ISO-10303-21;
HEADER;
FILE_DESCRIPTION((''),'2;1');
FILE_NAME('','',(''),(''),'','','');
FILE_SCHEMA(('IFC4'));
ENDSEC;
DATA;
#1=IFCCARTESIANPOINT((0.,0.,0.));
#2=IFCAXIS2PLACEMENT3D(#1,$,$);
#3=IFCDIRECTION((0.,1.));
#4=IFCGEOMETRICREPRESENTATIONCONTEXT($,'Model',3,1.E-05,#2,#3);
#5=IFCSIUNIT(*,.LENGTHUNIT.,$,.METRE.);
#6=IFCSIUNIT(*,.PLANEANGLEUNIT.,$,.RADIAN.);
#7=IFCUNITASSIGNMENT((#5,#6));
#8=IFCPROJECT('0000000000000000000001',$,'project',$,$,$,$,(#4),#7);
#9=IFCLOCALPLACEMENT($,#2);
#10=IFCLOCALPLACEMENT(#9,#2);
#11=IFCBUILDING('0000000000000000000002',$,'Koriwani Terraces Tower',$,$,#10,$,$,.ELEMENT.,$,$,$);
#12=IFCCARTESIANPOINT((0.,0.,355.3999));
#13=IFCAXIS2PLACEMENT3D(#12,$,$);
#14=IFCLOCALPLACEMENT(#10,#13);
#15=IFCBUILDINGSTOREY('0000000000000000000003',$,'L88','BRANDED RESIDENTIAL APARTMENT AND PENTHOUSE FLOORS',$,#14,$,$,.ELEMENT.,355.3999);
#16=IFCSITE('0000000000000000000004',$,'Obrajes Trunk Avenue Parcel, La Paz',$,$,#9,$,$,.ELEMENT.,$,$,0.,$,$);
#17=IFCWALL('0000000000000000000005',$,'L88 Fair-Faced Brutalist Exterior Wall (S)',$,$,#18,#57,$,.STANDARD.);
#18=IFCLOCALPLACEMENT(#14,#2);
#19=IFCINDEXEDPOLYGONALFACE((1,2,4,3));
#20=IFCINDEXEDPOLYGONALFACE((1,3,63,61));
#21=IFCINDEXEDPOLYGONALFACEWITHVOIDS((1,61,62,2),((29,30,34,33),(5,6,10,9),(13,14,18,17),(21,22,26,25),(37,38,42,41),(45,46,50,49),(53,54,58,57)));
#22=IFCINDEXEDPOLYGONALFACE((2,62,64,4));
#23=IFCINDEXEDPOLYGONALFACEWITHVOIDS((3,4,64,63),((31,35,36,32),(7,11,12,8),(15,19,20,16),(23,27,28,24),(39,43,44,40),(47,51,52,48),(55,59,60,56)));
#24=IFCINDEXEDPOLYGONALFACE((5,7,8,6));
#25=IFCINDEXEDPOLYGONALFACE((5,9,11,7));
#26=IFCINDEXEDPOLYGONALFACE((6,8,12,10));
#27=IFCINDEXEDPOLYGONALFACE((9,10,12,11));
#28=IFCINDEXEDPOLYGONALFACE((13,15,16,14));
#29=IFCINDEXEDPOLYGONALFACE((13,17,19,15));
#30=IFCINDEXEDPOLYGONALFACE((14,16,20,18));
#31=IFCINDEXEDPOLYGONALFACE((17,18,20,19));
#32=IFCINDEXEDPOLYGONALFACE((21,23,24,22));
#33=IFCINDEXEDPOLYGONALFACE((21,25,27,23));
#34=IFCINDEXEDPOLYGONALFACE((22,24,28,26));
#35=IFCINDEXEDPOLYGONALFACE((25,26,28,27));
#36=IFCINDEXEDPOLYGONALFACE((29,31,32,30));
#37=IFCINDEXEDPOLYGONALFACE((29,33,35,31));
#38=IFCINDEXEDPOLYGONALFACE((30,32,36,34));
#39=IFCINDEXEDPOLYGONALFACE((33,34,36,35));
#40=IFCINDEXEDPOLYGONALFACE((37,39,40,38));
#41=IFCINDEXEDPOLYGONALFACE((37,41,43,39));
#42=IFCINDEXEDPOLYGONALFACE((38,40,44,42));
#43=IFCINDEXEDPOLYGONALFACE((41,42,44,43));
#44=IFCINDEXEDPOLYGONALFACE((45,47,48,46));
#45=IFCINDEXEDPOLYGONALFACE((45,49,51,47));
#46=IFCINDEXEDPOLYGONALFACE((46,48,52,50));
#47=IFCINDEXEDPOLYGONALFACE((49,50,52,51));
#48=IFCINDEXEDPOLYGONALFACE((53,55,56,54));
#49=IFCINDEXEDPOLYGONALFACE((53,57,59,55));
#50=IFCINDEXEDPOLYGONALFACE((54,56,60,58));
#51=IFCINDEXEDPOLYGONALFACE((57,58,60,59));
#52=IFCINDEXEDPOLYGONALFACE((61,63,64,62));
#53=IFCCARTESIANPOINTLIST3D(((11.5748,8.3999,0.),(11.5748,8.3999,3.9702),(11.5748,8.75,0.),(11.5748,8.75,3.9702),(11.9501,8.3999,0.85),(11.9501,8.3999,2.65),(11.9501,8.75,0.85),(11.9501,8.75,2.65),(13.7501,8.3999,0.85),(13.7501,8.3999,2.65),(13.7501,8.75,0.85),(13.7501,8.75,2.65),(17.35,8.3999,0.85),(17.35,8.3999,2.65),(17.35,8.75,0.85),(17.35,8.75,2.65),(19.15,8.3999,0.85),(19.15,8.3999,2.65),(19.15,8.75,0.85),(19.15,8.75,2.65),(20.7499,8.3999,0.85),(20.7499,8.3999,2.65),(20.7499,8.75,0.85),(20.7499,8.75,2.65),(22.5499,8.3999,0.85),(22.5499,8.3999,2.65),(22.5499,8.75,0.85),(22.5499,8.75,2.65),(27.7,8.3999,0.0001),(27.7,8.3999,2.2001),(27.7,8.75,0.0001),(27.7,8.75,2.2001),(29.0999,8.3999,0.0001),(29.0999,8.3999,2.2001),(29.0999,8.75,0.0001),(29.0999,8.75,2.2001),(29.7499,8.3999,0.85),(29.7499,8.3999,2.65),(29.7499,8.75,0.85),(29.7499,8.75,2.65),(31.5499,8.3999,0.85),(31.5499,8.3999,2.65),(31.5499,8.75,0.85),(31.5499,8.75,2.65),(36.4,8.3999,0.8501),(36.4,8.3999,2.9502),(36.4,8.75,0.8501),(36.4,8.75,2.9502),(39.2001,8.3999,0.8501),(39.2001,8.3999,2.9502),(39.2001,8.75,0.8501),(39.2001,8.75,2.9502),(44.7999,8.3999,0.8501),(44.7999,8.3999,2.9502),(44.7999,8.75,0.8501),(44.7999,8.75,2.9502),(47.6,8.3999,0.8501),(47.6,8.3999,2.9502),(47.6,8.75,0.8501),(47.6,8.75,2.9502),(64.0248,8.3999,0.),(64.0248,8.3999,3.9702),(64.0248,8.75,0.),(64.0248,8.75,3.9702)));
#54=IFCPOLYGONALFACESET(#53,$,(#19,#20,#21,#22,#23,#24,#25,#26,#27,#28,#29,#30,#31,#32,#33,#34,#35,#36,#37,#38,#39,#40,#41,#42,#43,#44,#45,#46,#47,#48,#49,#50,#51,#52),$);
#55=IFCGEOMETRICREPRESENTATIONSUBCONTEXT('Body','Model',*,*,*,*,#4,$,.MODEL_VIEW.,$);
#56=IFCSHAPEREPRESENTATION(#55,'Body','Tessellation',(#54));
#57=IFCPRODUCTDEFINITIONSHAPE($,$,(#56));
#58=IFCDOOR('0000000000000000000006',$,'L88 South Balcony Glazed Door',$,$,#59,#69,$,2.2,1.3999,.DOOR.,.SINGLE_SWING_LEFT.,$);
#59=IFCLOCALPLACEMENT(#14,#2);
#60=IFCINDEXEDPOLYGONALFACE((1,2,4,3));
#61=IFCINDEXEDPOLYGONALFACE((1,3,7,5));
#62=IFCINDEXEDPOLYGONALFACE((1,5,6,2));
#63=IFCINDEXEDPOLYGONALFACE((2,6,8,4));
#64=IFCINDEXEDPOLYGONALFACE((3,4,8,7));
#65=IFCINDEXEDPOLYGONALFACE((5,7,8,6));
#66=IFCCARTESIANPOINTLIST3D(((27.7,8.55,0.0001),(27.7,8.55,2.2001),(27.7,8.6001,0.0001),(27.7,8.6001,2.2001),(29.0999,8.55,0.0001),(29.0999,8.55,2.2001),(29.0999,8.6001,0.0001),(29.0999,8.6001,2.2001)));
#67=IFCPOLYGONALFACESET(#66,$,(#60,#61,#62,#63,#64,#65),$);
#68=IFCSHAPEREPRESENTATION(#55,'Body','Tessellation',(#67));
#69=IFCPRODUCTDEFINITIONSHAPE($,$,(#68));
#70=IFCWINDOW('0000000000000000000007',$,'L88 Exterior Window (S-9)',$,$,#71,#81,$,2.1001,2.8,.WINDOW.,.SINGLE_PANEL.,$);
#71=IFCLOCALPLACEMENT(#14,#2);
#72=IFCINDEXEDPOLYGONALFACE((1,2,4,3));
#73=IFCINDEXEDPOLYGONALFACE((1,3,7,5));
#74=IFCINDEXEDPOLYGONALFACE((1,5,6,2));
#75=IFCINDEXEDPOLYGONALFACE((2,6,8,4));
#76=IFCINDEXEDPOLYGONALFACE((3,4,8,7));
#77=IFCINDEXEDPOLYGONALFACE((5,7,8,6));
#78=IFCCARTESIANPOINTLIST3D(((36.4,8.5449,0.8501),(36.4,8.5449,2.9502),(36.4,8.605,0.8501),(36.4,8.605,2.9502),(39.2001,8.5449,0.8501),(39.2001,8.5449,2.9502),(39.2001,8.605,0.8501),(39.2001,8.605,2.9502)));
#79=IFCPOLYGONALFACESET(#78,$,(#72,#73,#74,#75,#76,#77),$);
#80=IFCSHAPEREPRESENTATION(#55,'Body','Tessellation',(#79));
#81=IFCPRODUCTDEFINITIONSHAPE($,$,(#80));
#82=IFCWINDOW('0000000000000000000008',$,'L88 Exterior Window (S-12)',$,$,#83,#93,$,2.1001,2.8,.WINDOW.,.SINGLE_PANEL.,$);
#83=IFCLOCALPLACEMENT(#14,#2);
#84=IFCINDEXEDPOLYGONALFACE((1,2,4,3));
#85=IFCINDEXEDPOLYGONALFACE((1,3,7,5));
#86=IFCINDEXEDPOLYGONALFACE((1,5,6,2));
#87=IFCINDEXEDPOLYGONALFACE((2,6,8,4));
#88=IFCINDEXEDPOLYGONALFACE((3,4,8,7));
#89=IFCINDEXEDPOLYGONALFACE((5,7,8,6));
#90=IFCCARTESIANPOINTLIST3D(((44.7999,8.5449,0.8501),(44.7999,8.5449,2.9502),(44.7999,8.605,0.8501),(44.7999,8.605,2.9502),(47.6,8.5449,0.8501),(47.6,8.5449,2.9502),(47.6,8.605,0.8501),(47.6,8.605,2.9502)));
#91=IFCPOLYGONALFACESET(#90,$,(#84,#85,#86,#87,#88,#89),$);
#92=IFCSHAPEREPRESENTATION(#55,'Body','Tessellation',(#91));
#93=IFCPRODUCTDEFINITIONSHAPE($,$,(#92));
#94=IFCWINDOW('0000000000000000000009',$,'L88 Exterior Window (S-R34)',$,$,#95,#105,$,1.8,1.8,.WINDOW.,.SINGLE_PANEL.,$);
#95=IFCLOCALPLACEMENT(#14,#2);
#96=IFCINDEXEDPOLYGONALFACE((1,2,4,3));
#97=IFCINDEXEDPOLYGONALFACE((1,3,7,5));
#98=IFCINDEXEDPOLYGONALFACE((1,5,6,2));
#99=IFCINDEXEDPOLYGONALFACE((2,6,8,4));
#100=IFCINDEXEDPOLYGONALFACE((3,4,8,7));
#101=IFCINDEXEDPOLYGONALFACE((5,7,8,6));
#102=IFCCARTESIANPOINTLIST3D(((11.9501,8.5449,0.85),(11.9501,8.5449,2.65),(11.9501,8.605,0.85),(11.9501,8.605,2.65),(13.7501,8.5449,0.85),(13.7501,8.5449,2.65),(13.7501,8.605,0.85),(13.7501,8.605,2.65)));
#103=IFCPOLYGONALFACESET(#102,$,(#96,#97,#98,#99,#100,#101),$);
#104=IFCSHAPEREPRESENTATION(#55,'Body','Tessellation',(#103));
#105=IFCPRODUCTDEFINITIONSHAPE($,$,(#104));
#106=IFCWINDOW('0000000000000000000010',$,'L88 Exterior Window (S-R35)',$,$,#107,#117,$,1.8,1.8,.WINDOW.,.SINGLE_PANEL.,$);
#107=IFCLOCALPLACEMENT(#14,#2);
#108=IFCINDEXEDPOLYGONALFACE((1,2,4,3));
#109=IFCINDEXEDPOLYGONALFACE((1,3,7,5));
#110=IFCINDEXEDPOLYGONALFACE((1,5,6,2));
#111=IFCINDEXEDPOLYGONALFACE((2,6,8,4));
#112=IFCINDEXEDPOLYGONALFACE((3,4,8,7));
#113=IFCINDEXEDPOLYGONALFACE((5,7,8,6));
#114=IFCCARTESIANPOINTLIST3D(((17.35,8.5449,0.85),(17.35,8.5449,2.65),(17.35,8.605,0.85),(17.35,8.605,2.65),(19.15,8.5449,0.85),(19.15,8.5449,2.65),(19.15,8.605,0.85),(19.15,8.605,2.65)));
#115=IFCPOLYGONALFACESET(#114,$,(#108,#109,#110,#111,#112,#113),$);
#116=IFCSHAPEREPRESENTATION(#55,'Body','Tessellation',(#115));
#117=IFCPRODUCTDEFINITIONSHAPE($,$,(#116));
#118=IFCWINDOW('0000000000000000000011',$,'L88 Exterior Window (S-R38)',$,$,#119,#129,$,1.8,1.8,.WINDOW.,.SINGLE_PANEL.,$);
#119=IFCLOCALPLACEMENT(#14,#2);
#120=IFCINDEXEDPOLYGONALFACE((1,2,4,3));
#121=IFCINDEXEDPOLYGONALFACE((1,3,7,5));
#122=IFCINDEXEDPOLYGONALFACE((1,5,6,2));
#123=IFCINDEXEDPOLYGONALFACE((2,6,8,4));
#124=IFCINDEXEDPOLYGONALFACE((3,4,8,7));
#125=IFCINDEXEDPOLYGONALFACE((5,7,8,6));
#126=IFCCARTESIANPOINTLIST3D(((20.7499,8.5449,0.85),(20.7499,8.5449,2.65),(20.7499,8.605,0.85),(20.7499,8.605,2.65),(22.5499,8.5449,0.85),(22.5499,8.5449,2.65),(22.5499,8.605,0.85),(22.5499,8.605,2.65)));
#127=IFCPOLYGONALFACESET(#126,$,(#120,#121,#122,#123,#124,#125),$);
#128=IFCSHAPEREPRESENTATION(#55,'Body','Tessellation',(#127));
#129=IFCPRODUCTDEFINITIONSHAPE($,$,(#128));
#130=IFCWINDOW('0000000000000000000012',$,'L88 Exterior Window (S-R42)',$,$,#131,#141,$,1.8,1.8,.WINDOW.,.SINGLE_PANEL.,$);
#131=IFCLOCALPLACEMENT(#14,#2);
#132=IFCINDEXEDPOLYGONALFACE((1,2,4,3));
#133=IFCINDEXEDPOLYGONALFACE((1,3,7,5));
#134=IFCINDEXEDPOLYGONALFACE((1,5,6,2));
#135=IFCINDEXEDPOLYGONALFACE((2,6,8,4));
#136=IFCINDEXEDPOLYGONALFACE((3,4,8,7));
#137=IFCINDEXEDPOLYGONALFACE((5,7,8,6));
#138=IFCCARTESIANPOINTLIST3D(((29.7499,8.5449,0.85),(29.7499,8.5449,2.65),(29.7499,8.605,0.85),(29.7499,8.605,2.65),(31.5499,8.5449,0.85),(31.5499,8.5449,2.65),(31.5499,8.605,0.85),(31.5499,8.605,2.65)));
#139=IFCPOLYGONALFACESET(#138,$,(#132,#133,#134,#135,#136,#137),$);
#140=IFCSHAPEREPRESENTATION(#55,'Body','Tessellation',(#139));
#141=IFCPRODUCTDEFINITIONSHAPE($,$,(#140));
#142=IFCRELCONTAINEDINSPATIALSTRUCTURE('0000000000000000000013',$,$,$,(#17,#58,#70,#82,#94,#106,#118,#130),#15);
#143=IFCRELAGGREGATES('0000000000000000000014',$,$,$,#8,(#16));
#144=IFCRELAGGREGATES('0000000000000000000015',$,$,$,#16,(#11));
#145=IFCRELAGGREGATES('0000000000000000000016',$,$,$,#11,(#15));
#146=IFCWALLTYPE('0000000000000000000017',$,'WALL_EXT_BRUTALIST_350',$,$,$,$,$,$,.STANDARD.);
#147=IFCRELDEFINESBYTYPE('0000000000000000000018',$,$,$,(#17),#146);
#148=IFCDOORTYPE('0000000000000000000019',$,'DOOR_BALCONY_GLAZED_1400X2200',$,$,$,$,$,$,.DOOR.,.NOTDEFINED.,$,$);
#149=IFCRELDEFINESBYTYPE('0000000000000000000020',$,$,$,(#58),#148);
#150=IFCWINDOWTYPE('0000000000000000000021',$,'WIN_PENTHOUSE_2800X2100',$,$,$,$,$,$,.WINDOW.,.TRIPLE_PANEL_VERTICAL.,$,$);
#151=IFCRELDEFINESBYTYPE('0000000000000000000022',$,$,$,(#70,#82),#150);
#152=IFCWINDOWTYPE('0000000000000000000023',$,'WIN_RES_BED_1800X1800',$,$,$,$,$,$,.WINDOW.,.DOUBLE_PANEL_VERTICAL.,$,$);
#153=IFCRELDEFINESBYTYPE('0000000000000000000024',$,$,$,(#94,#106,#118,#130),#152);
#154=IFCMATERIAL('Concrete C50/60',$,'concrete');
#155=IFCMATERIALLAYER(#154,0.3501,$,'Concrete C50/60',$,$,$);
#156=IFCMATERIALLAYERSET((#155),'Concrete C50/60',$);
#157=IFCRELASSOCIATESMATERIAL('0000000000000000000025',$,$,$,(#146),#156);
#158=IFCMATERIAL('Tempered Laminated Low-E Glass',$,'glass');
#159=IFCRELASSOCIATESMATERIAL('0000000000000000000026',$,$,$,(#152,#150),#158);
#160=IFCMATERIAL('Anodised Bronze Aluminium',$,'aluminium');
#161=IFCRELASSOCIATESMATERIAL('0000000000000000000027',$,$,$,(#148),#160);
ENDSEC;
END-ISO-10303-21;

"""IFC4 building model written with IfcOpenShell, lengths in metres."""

from ifc_helpers import new_model, si_unit, direction, frame, frame_2d, origin, place, context, subcontext, project, spatial, rectangle, extrude, material, layer, layer_set, type_object, element, fill, save


model = new_model("IFC4")

# Units and contexts
model_context = context("Model", 3, precision=1e-05, world=origin(), true_north=direction((0.0, 1.0)))
body_context = subcontext(model_context, "Body", "Model", "MODEL_VIEW")
ifc_project = project(units=[si_unit("LENGTHUNIT", "METRE"), si_unit("PLANEANGLEUNIT", "RADIAN")], contexts=[model_context])

# Site, building, storey
site_placement = place(None, origin())
site = spatial("IfcSite", under=ifc_project, at=site_placement, Name="Obrajes Trunk Avenue Parcel, La Paz", CompositionType="ELEMENT", RefElevation=0.0)
building_placement = place(site_placement, origin())
building = spatial("IfcBuilding", under=site, at=building_placement, Name="Koriwani Terraces Tower", CompositionType="ELEMENT")
storey_placement = place(building_placement, frame((0.0, 0.0, 355.3999)))
storey = spatial("IfcBuildingStorey", under=building, at=storey_placement, Name="L88", Description="BRANDED RESIDENTIAL APARTMENT AND PENTHOUSE FLOORS", CompositionType="ELEMENT", Elevation=355.3999)

# Shared definitions
ifc_material_1 = material(Name="Concrete C50/60", Category="concrete")

# Shared definitions
ifc_material_2 = material(Name="Anodised Bronze Aluminium", Category="aluminium")

# Shared definitions
ifc_material_3 = material(Name="Tempered Laminated Low-E Glass", Category="glass")

# Shared definitions
ifc_layer_1 = layer(ifc_material_1, 0.3501, Name="Concrete C50/60")
ifc_layer_set_1 = layer_set([ifc_layer_1], Name="Concrete C50/60")
wall_type_1 = type_object("IfcWallType", Name="WALL_EXT_BRUTALIST_350", PredefinedType="STANDARD", material=ifc_layer_set_1)
window_type_1 = type_object("IfcWindowType", Name="WIN_RES_BED_1800X1800", PartitioningType="DOUBLE_PANEL_VERTICAL", PredefinedType="WINDOW", material=ifc_material_3)

# Wall, openings, door, windows
wall_1_placement = place(storey_placement, frame((64.0249, 8.575, 0.0), z_axis=(0.0, 0.0, 1.0), x_axis=(-1.0, 0.0, 0.0)))
wall_1 = element("IfcWall", 1, at=wall_1_placement, inside=storey, type_object=wall_type_1, Name="L88 Fair-Faced Brutalist Exterior Wall (S)", PredefinedType="STANDARD", context=body_context, shape_type="SweptSolid", body=[
    extrude(rectangle(XDim=52.45, YDim=0.3501, at=frame_2d((26.2251, 0.0))), origin(), (0.0, 0.0, 1.0), 3.9702),
])
opening_1_placement = place(wall_1_placement, frame((34.925, 0.0, 0.0)))
opening_1 = element("IfcOpeningElement", 2, at=opening_1_placement, cuts=wall_1, PredefinedType="OPENING", context=body_context, shape_type="SweptSolid", body=[
    extrude(rectangle(XDim=1.3999, YDim=2.2, at=frame_2d((0.7, 1.1001))), frame((0.0, 0.1851, 0.0), z_axis=(0.0, -1.0, 0.0), x_axis=(1.0, 0.0, 0.0)), (0.0, 0.0, 1.0), 0.3701),
])
opening_2_placement = place(wall_1_placement, frame((24.825, 0.0, 0.8501)))
opening_2 = element("IfcOpeningElement", 3, at=opening_2_placement, cuts=wall_1, PredefinedType="OPENING", context=body_context, shape_type="SweptSolid", body=[
    extrude(rectangle(XDim=2.8, YDim=2.1001, at=frame_2d((1.3999, 1.05))), frame((0.0, 0.1851, 0.0), z_axis=(0.0, -1.0, 0.0), x_axis=(1.0, 0.0, 0.0)), (0.0, 0.0, 1.0), 0.3701),
])
opening_3_placement = place(wall_1_placement, frame((16.425, 0.0, 0.8501)))
opening_3 = element("IfcOpeningElement", 4, at=opening_3_placement, cuts=wall_1, PredefinedType="OPENING", context=body_context, shape_type="SweptSolid", body=[
    extrude(rectangle(XDim=2.8, YDim=2.1001, at=frame_2d((1.3999, 1.05))), frame((0.0, 0.1851, 0.0), z_axis=(0.0, -1.0, 0.0), x_axis=(1.0, 0.0, 0.0)), (0.0, 0.0, 1.0), 0.3701),
])
opening_4_placement = place(wall_1_placement, frame((50.2749, 0.0, 0.8501)))
opening_4 = element("IfcOpeningElement", 5, at=opening_4_placement, cuts=wall_1, PredefinedType="OPENING", context=body_context, shape_type="SweptSolid", body=[
    extrude(rectangle(XDim=1.8, YDim=1.8, at=frame_2d((0.8999, 0.8999))), frame((0.0, 0.1851, 0.0), z_axis=(0.0, -1.0, 0.0), x_axis=(1.0, 0.0, 0.0)), (0.0, 0.0, 1.0), 0.3701),
])
opening_5_placement = place(wall_1_placement, frame((44.875, 0.0, 0.8501)))
opening_5 = element("IfcOpeningElement", 6, at=opening_5_placement, cuts=wall_1, PredefinedType="OPENING", context=body_context, shape_type="SweptSolid", body=[
    extrude(rectangle(XDim=1.8, YDim=1.8, at=frame_2d((0.8999, 0.8999))), frame((0.0, 0.1851, 0.0), z_axis=(0.0, -1.0, 0.0), x_axis=(1.0, 0.0, 0.0)), (0.0, 0.0, 1.0), 0.3701),
])
opening_6_placement = place(wall_1_placement, frame((41.4751, 0.0, 0.8501)))
opening_6 = element("IfcOpeningElement", 7, at=opening_6_placement, cuts=wall_1, PredefinedType="OPENING", context=body_context, shape_type="SweptSolid", body=[
    extrude(rectangle(XDim=1.8, YDim=1.8, at=frame_2d((0.8999, 0.8999))), frame((0.0, 0.1851, 0.0), z_axis=(0.0, -1.0, 0.0), x_axis=(1.0, 0.0, 0.0)), (0.0, 0.0, 1.0), 0.3701),
])
opening_7_placement = place(wall_1_placement, frame((32.4751, 0.0, 0.8501)))
opening_7 = element("IfcOpeningElement", 8, at=opening_7_placement, cuts=wall_1, PredefinedType="OPENING", context=body_context, shape_type="SweptSolid", body=[
    extrude(rectangle(XDim=1.8, YDim=1.8, at=frame_2d((0.8999, 0.8999))), frame((0.0, 0.1851, 0.0), z_axis=(0.0, -1.0, 0.0), x_axis=(1.0, 0.0, 0.0)), (0.0, 0.0, 1.0), 0.3701),
])
door_type_1 = type_object("IfcDoorType", Name="DOOR_BALCONY_GLAZED_1400X2200", OperationType="NOTDEFINED", PredefinedType="DOOR", material=ifc_material_2)
door_1_placement = place(opening_1_placement, origin())
door_1 = element("IfcDoor", 9, at=door_1_placement, inside=storey, type_object=door_type_1, Name="L88 South Balcony Glazed Door", OperationType="SINGLE_SWING_LEFT", OverallHeight=2.2, OverallWidth=1.3999, PredefinedType="DOOR", context=body_context, shape_type="SweptSolid", body=[
    extrude(rectangle(XDim=1.3999, YDim=2.2, at=frame_2d((0.7, 1.1001))), frame((0.0, 0.0249, 0.0), z_axis=(0.0, -1.0, 0.0), x_axis=(1.0, 0.0, 0.0)), (0.0, 0.0, 1.0), 0.05),
])
fill(opening_1, door_1)
window_type_2 = type_object("IfcWindowType", Name="WIN_PENTHOUSE_2800X2100", PartitioningType="TRIPLE_PANEL_VERTICAL", PredefinedType="WINDOW", material=ifc_material_3)
window_1_placement = place(opening_2_placement, origin())
window_1 = element("IfcWindow", 10, at=window_1_placement, inside=storey, type_object=window_type_2, Name="L88 Exterior Window (S-9)", OverallHeight=2.1001, OverallWidth=2.8, PartitioningType="SINGLE_PANEL", PredefinedType="WINDOW", context=body_context, shape_type="SweptSolid", body=[
    extrude(rectangle(XDim=2.8, YDim=2.1001, at=frame_2d((1.3999, 1.05))), frame((0.0, 0.03, 0.0), z_axis=(0.0, -1.0, 0.0), x_axis=(1.0, 0.0, 0.0)), (0.0, 0.0, 1.0), 0.0601),
])
fill(opening_2, window_1)
window_2_placement = place(opening_3_placement, origin())
window_2 = element("IfcWindow", 11, at=window_2_placement, inside=storey, type_object=window_type_2, Name="L88 Exterior Window (S-12)", OverallHeight=2.1001, OverallWidth=2.8, PartitioningType="SINGLE_PANEL", PredefinedType="WINDOW", context=body_context, shape_type="SweptSolid", body=[
    extrude(rectangle(XDim=2.8, YDim=2.1001, at=frame_2d((1.3999, 1.05))), frame((0.0, 0.03, 0.0), z_axis=(0.0, -1.0, 0.0), x_axis=(1.0, 0.0, 0.0)), (0.0, 0.0, 1.0), 0.0601),
])
fill(opening_3, window_2)
window_3_placement = place(opening_4_placement, origin())
window_3 = element("IfcWindow", 12, at=window_3_placement, inside=storey, type_object=window_type_1, Name="L88 Exterior Window (S-R34)", OverallHeight=1.8, OverallWidth=1.8, PartitioningType="SINGLE_PANEL", PredefinedType="WINDOW", context=body_context, shape_type="SweptSolid", body=[
    extrude(rectangle(XDim=1.8, YDim=1.8, at=frame_2d((0.8999, 0.8999))), frame((0.0, 0.03, 0.0), z_axis=(0.0, -1.0, 0.0), x_axis=(1.0, 0.0, 0.0)), (0.0, 0.0, 1.0), 0.0601),
])
fill(opening_4, window_3)
window_4_placement = place(opening_5_placement, origin())
window_4 = element("IfcWindow", 13, at=window_4_placement, inside=storey, type_object=window_type_1, Name="L88 Exterior Window (S-R35)", OverallHeight=1.8, OverallWidth=1.8, PartitioningType="SINGLE_PANEL", PredefinedType="WINDOW", context=body_context, shape_type="SweptSolid", body=[
    extrude(rectangle(XDim=1.8, YDim=1.8, at=frame_2d((0.8999, 0.8999))), frame((0.0, 0.03, 0.0), z_axis=(0.0, -1.0, 0.0), x_axis=(1.0, 0.0, 0.0)), (0.0, 0.0, 1.0), 0.0601),
])
fill(opening_5, window_4)
window_5_placement = place(opening_6_placement, origin())
window_5 = element("IfcWindow", 14, at=window_5_placement, inside=storey, type_object=window_type_1, Name="L88 Exterior Window (S-R38)", OverallHeight=1.8, OverallWidth=1.8, PartitioningType="SINGLE_PANEL", PredefinedType="WINDOW", context=body_context, shape_type="SweptSolid", body=[
    extrude(rectangle(XDim=1.8, YDim=1.8, at=frame_2d((0.8999, 0.8999))), frame((0.0, 0.03, 0.0), z_axis=(0.0, -1.0, 0.0), x_axis=(1.0, 0.0, 0.0)), (0.0, 0.0, 1.0), 0.0601),
])
fill(opening_6, window_5)
window_6_placement = place(opening_7_placement, origin())
window_6 = element("IfcWindow", 15, at=window_6_placement, inside=storey, type_object=window_type_1, Name="L88 Exterior Window (S-R42)", OverallHeight=1.8, OverallWidth=1.8, PartitioningType="SINGLE_PANEL", PredefinedType="WINDOW", context=body_context, shape_type="SweptSolid", body=[
    extrude(rectangle(XDim=1.8, YDim=1.8, at=frame_2d((0.8999, 0.8999))), frame((0.0, 0.03, 0.0), z_axis=(0.0, -1.0, 0.0), x_axis=(1.0, 0.0, 0.0)), (0.0, 0.0, 1.0), 0.0601),
])
fill(opening_7, window_6)

save(model, "model.ifc")
